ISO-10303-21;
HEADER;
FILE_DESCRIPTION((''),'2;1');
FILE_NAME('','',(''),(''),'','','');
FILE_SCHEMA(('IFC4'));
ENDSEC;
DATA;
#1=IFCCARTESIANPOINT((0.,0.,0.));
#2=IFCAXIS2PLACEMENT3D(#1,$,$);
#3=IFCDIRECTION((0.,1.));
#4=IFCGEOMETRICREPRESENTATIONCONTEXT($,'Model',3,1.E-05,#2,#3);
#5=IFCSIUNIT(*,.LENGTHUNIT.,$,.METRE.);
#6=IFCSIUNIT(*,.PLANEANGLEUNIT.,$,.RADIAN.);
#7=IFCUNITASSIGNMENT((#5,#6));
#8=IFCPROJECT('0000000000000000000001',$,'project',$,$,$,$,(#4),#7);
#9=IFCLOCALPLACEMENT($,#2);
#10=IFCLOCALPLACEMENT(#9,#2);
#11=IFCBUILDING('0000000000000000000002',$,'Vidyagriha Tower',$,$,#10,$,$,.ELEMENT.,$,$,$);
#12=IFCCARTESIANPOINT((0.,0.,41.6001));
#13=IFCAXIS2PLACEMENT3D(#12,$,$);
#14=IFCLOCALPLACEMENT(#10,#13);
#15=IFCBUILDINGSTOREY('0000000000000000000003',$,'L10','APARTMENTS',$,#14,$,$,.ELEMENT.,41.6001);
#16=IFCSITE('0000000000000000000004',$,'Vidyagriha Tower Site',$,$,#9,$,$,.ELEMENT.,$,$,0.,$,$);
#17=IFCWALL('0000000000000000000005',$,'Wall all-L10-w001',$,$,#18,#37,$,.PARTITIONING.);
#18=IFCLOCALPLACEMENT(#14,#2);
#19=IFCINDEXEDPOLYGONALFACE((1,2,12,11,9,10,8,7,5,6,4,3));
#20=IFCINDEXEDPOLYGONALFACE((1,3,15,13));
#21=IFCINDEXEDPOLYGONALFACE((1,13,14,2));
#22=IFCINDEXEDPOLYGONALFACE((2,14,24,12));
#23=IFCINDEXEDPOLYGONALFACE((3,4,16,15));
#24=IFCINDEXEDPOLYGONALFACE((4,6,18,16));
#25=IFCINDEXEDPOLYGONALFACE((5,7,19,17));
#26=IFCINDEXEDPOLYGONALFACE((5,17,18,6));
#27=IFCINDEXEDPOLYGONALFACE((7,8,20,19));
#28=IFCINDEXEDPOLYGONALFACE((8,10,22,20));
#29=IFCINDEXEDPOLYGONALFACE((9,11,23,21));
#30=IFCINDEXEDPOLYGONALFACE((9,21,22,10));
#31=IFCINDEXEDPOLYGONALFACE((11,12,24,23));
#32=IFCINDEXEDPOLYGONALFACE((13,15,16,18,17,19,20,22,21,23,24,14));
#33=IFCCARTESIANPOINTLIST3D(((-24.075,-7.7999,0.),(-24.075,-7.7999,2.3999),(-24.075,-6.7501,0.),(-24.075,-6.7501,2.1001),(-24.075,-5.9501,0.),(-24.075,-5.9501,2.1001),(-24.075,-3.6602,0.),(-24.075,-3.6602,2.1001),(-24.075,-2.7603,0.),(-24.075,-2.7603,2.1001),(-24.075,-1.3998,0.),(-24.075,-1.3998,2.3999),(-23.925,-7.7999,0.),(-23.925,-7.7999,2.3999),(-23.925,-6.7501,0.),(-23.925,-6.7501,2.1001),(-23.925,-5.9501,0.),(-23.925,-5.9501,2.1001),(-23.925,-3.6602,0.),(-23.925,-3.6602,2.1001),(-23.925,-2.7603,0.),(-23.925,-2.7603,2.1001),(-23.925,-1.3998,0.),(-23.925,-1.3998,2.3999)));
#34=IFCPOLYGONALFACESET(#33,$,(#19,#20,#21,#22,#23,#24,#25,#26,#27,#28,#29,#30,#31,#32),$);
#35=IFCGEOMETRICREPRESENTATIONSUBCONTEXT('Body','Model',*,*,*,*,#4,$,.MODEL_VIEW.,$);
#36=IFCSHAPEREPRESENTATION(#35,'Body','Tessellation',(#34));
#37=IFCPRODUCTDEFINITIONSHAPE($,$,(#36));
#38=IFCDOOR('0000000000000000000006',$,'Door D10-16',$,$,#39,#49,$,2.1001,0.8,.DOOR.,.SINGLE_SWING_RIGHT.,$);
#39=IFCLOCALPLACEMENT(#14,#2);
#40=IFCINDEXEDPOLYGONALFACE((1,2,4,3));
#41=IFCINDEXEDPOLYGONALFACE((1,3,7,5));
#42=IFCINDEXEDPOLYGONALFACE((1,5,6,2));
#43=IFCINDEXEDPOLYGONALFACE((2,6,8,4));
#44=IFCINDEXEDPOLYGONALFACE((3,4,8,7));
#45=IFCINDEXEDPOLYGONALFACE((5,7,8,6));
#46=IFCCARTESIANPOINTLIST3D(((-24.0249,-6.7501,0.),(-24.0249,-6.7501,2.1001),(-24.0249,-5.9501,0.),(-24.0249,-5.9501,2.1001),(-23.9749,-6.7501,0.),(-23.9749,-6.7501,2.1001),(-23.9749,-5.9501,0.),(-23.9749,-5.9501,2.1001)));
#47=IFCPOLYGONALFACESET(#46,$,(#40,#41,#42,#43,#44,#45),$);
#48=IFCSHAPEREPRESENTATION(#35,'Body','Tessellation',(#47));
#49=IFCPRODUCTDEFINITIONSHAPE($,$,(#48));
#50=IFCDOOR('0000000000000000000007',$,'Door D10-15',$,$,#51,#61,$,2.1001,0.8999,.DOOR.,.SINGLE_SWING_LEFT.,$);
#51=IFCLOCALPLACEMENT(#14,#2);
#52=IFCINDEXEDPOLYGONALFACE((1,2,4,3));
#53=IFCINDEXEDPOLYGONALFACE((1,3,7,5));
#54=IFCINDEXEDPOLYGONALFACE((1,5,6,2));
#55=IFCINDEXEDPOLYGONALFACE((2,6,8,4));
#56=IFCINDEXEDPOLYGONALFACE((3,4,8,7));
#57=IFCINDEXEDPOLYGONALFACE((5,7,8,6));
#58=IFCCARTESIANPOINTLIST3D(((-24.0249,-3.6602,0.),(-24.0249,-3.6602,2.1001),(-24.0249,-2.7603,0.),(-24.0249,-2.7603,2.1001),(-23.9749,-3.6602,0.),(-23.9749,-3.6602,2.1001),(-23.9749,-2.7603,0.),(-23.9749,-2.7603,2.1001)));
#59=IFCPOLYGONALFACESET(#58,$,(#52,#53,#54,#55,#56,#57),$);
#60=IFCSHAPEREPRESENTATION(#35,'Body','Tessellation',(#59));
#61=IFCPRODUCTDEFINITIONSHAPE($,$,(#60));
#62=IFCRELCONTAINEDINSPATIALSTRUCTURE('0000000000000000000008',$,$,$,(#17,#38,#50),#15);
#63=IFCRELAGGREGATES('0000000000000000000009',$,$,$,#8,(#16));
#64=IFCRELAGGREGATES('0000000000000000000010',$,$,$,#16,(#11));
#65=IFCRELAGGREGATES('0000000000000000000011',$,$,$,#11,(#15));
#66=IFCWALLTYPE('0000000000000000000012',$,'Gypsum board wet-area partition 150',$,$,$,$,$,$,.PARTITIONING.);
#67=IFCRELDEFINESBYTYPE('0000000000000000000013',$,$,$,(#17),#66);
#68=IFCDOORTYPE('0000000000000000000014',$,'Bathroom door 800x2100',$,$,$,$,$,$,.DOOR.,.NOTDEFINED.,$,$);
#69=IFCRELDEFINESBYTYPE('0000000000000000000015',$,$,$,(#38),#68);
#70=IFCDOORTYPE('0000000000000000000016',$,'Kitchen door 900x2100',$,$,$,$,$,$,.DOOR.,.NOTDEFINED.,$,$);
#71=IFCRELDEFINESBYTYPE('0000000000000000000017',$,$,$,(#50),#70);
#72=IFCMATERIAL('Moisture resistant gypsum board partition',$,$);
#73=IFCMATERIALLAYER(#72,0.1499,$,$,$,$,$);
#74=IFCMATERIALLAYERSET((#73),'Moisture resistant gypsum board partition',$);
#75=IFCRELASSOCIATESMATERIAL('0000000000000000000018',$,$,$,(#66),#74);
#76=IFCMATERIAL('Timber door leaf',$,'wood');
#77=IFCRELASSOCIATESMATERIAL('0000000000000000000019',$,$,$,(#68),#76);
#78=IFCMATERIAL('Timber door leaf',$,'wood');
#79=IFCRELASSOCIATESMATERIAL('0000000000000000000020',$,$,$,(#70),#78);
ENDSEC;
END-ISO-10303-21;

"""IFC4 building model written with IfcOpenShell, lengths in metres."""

from ifc_helpers import new_model, si_unit, direction, frame, frame_2d, origin, place, context, subcontext, project, spatial, rectangle, extrude, material, layer, layer_set, type_object, element, fill, save


model = new_model("IFC4")

# Units and contexts
model_context = context("Model", 3, precision=1e-05, world=origin(), true_north=direction((0.0, 1.0)))
body_context = subcontext(model_context, "Body", "Model", "MODEL_VIEW")
ifc_project = project(units=[si_unit("LENGTHUNIT", "METRE"), si_unit("PLANEANGLEUNIT", "RADIAN")], contexts=[model_context])

# Site, building, storey
site_placement = place(None, origin())
site = spatial("IfcSite", under=ifc_project, at=site_placement, Name="Vidyagriha Tower Site", CompositionType="ELEMENT", RefElevation=0.0)
building_placement = place(site_placement, origin())
building = spatial("IfcBuilding", under=site, at=building_placement, Name="Vidyagriha Tower", CompositionType="ELEMENT")
storey_placement = place(building_placement, frame((0.0, 0.0, 41.6001)))
storey = spatial("IfcBuildingStorey", under=building, at=storey_placement, Name="L10", Description="APARTMENTS", CompositionType="ELEMENT", Elevation=41.6001)

# Wall, openings, doors
ifc_material_1 = material(Name="Moisture resistant gypsum board partition")
ifc_layer_1 = layer(ifc_material_1, 0.1499)
ifc_layer_set_1 = layer_set([ifc_layer_1], Name="Moisture resistant gypsum board partition")
wall_type_1 = type_object("IfcWallType", Name="Gypsum board wet-area partition 150", PredefinedType="PARTITIONING", material=ifc_layer_set_1)
wall_1_placement = place(storey_placement, frame((-24.0, -7.8, 0.0), z_axis=(0.0, 0.0, 1.0), x_axis=(0.0, 1.0, 0.0)))
wall_1 = element("IfcWall", 1, at=wall_1_placement, inside=storey, type_object=wall_type_1, Name="Wall all-L10-w001", PredefinedType="PARTITIONING", context=body_context, shape_type="SweptSolid", body=[
    extrude(rectangle(XDim=6.4001, YDim=0.1499, at=frame_2d((3.2002, 0.0))), origin(), (0.0, 0.0, 1.0), 2.3999),
])
opening_1_placement = place(wall_1_placement, frame((4.1399, 0.0, 0.0)))
opening_1 = element("IfcOpeningElement", 2, at=opening_1_placement, cuts=wall_1, PredefinedType="OPENING", context=body_context, shape_type="SweptSolid", body=[
    extrude(rectangle(XDim=0.8999, YDim=2.1001, at=frame_2d((0.45, 1.05))), frame((0.0, 0.085, 0.0), z_axis=(0.0, -1.0, 0.0), x_axis=(1.0, 0.0, 0.0)), (0.0, 0.0, 1.0), 0.1699),
])
opening_2_placement = place(wall_1_placement, frame((1.05, 0.0, 0.0)))
opening_2 = element("IfcOpeningElement", 3, at=opening_2_placement, cuts=wall_1, PredefinedType="OPENING", context=body_context, shape_type="SweptSolid", body=[
    extrude(rectangle(XDim=0.8, YDim=2.1001, at=frame_2d((0.3999, 1.05))), frame((0.0, 0.085, 0.0), z_axis=(0.0, -1.0, 0.0), x_axis=(1.0, 0.0, 0.0)), (0.0, 0.0, 1.0), 0.1699),
])
ifc_material_2 = material(Name="Timber door leaf", Category="wood")
door_type_1 = type_object("IfcDoorType", Name="Bathroom door 800x2100", OperationType="NOTDEFINED", PredefinedType="DOOR", material=ifc_material_2)
door_1_placement = place(opening_2_placement, origin())
door_1 = element("IfcDoor", 4, at=door_1_placement, inside=storey, type_object=door_type_1, Name="Door D10-16", OperationType="SINGLE_SWING_RIGHT", OverallHeight=2.1001, OverallWidth=0.8, PredefinedType="DOOR", context=body_context, shape_type="SweptSolid", body=[
    extrude(rectangle(XDim=0.8, YDim=2.1001, at=frame_2d((0.3999, 1.05))), frame((0.0, 0.0249, 0.0), z_axis=(0.0, -1.0, 0.0), x_axis=(1.0, 0.0, 0.0)), (0.0, 0.0, 1.0), 0.05),
])
fill(opening_2, door_1)
ifc_material_3 = material(Name="Timber door leaf", Category="wood")
door_type_2 = type_object("IfcDoorType", Name="Kitchen door 900x2100", OperationType="NOTDEFINED", PredefinedType="DOOR", material=ifc_material_3)
door_2_placement = place(opening_1_placement, origin())
door_2 = element("IfcDoor", 5, at=door_2_placement, inside=storey, type_object=door_type_2, Name="Door D10-15", OperationType="SINGLE_SWING_LEFT", OverallHeight=2.1001, OverallWidth=0.8999, PredefinedType="DOOR", context=body_context, shape_type="SweptSolid", body=[
    extrude(rectangle(XDim=0.8999, YDim=2.1001, at=frame_2d((0.45, 1.05))), frame((0.0, 0.0249, 0.0), z_axis=(0.0, -1.0, 0.0), x_axis=(1.0, 0.0, 0.0)), (0.0, 0.0, 1.0), 0.05),
])
fill(opening_1, door_2)

save(model, "model.ifc")
